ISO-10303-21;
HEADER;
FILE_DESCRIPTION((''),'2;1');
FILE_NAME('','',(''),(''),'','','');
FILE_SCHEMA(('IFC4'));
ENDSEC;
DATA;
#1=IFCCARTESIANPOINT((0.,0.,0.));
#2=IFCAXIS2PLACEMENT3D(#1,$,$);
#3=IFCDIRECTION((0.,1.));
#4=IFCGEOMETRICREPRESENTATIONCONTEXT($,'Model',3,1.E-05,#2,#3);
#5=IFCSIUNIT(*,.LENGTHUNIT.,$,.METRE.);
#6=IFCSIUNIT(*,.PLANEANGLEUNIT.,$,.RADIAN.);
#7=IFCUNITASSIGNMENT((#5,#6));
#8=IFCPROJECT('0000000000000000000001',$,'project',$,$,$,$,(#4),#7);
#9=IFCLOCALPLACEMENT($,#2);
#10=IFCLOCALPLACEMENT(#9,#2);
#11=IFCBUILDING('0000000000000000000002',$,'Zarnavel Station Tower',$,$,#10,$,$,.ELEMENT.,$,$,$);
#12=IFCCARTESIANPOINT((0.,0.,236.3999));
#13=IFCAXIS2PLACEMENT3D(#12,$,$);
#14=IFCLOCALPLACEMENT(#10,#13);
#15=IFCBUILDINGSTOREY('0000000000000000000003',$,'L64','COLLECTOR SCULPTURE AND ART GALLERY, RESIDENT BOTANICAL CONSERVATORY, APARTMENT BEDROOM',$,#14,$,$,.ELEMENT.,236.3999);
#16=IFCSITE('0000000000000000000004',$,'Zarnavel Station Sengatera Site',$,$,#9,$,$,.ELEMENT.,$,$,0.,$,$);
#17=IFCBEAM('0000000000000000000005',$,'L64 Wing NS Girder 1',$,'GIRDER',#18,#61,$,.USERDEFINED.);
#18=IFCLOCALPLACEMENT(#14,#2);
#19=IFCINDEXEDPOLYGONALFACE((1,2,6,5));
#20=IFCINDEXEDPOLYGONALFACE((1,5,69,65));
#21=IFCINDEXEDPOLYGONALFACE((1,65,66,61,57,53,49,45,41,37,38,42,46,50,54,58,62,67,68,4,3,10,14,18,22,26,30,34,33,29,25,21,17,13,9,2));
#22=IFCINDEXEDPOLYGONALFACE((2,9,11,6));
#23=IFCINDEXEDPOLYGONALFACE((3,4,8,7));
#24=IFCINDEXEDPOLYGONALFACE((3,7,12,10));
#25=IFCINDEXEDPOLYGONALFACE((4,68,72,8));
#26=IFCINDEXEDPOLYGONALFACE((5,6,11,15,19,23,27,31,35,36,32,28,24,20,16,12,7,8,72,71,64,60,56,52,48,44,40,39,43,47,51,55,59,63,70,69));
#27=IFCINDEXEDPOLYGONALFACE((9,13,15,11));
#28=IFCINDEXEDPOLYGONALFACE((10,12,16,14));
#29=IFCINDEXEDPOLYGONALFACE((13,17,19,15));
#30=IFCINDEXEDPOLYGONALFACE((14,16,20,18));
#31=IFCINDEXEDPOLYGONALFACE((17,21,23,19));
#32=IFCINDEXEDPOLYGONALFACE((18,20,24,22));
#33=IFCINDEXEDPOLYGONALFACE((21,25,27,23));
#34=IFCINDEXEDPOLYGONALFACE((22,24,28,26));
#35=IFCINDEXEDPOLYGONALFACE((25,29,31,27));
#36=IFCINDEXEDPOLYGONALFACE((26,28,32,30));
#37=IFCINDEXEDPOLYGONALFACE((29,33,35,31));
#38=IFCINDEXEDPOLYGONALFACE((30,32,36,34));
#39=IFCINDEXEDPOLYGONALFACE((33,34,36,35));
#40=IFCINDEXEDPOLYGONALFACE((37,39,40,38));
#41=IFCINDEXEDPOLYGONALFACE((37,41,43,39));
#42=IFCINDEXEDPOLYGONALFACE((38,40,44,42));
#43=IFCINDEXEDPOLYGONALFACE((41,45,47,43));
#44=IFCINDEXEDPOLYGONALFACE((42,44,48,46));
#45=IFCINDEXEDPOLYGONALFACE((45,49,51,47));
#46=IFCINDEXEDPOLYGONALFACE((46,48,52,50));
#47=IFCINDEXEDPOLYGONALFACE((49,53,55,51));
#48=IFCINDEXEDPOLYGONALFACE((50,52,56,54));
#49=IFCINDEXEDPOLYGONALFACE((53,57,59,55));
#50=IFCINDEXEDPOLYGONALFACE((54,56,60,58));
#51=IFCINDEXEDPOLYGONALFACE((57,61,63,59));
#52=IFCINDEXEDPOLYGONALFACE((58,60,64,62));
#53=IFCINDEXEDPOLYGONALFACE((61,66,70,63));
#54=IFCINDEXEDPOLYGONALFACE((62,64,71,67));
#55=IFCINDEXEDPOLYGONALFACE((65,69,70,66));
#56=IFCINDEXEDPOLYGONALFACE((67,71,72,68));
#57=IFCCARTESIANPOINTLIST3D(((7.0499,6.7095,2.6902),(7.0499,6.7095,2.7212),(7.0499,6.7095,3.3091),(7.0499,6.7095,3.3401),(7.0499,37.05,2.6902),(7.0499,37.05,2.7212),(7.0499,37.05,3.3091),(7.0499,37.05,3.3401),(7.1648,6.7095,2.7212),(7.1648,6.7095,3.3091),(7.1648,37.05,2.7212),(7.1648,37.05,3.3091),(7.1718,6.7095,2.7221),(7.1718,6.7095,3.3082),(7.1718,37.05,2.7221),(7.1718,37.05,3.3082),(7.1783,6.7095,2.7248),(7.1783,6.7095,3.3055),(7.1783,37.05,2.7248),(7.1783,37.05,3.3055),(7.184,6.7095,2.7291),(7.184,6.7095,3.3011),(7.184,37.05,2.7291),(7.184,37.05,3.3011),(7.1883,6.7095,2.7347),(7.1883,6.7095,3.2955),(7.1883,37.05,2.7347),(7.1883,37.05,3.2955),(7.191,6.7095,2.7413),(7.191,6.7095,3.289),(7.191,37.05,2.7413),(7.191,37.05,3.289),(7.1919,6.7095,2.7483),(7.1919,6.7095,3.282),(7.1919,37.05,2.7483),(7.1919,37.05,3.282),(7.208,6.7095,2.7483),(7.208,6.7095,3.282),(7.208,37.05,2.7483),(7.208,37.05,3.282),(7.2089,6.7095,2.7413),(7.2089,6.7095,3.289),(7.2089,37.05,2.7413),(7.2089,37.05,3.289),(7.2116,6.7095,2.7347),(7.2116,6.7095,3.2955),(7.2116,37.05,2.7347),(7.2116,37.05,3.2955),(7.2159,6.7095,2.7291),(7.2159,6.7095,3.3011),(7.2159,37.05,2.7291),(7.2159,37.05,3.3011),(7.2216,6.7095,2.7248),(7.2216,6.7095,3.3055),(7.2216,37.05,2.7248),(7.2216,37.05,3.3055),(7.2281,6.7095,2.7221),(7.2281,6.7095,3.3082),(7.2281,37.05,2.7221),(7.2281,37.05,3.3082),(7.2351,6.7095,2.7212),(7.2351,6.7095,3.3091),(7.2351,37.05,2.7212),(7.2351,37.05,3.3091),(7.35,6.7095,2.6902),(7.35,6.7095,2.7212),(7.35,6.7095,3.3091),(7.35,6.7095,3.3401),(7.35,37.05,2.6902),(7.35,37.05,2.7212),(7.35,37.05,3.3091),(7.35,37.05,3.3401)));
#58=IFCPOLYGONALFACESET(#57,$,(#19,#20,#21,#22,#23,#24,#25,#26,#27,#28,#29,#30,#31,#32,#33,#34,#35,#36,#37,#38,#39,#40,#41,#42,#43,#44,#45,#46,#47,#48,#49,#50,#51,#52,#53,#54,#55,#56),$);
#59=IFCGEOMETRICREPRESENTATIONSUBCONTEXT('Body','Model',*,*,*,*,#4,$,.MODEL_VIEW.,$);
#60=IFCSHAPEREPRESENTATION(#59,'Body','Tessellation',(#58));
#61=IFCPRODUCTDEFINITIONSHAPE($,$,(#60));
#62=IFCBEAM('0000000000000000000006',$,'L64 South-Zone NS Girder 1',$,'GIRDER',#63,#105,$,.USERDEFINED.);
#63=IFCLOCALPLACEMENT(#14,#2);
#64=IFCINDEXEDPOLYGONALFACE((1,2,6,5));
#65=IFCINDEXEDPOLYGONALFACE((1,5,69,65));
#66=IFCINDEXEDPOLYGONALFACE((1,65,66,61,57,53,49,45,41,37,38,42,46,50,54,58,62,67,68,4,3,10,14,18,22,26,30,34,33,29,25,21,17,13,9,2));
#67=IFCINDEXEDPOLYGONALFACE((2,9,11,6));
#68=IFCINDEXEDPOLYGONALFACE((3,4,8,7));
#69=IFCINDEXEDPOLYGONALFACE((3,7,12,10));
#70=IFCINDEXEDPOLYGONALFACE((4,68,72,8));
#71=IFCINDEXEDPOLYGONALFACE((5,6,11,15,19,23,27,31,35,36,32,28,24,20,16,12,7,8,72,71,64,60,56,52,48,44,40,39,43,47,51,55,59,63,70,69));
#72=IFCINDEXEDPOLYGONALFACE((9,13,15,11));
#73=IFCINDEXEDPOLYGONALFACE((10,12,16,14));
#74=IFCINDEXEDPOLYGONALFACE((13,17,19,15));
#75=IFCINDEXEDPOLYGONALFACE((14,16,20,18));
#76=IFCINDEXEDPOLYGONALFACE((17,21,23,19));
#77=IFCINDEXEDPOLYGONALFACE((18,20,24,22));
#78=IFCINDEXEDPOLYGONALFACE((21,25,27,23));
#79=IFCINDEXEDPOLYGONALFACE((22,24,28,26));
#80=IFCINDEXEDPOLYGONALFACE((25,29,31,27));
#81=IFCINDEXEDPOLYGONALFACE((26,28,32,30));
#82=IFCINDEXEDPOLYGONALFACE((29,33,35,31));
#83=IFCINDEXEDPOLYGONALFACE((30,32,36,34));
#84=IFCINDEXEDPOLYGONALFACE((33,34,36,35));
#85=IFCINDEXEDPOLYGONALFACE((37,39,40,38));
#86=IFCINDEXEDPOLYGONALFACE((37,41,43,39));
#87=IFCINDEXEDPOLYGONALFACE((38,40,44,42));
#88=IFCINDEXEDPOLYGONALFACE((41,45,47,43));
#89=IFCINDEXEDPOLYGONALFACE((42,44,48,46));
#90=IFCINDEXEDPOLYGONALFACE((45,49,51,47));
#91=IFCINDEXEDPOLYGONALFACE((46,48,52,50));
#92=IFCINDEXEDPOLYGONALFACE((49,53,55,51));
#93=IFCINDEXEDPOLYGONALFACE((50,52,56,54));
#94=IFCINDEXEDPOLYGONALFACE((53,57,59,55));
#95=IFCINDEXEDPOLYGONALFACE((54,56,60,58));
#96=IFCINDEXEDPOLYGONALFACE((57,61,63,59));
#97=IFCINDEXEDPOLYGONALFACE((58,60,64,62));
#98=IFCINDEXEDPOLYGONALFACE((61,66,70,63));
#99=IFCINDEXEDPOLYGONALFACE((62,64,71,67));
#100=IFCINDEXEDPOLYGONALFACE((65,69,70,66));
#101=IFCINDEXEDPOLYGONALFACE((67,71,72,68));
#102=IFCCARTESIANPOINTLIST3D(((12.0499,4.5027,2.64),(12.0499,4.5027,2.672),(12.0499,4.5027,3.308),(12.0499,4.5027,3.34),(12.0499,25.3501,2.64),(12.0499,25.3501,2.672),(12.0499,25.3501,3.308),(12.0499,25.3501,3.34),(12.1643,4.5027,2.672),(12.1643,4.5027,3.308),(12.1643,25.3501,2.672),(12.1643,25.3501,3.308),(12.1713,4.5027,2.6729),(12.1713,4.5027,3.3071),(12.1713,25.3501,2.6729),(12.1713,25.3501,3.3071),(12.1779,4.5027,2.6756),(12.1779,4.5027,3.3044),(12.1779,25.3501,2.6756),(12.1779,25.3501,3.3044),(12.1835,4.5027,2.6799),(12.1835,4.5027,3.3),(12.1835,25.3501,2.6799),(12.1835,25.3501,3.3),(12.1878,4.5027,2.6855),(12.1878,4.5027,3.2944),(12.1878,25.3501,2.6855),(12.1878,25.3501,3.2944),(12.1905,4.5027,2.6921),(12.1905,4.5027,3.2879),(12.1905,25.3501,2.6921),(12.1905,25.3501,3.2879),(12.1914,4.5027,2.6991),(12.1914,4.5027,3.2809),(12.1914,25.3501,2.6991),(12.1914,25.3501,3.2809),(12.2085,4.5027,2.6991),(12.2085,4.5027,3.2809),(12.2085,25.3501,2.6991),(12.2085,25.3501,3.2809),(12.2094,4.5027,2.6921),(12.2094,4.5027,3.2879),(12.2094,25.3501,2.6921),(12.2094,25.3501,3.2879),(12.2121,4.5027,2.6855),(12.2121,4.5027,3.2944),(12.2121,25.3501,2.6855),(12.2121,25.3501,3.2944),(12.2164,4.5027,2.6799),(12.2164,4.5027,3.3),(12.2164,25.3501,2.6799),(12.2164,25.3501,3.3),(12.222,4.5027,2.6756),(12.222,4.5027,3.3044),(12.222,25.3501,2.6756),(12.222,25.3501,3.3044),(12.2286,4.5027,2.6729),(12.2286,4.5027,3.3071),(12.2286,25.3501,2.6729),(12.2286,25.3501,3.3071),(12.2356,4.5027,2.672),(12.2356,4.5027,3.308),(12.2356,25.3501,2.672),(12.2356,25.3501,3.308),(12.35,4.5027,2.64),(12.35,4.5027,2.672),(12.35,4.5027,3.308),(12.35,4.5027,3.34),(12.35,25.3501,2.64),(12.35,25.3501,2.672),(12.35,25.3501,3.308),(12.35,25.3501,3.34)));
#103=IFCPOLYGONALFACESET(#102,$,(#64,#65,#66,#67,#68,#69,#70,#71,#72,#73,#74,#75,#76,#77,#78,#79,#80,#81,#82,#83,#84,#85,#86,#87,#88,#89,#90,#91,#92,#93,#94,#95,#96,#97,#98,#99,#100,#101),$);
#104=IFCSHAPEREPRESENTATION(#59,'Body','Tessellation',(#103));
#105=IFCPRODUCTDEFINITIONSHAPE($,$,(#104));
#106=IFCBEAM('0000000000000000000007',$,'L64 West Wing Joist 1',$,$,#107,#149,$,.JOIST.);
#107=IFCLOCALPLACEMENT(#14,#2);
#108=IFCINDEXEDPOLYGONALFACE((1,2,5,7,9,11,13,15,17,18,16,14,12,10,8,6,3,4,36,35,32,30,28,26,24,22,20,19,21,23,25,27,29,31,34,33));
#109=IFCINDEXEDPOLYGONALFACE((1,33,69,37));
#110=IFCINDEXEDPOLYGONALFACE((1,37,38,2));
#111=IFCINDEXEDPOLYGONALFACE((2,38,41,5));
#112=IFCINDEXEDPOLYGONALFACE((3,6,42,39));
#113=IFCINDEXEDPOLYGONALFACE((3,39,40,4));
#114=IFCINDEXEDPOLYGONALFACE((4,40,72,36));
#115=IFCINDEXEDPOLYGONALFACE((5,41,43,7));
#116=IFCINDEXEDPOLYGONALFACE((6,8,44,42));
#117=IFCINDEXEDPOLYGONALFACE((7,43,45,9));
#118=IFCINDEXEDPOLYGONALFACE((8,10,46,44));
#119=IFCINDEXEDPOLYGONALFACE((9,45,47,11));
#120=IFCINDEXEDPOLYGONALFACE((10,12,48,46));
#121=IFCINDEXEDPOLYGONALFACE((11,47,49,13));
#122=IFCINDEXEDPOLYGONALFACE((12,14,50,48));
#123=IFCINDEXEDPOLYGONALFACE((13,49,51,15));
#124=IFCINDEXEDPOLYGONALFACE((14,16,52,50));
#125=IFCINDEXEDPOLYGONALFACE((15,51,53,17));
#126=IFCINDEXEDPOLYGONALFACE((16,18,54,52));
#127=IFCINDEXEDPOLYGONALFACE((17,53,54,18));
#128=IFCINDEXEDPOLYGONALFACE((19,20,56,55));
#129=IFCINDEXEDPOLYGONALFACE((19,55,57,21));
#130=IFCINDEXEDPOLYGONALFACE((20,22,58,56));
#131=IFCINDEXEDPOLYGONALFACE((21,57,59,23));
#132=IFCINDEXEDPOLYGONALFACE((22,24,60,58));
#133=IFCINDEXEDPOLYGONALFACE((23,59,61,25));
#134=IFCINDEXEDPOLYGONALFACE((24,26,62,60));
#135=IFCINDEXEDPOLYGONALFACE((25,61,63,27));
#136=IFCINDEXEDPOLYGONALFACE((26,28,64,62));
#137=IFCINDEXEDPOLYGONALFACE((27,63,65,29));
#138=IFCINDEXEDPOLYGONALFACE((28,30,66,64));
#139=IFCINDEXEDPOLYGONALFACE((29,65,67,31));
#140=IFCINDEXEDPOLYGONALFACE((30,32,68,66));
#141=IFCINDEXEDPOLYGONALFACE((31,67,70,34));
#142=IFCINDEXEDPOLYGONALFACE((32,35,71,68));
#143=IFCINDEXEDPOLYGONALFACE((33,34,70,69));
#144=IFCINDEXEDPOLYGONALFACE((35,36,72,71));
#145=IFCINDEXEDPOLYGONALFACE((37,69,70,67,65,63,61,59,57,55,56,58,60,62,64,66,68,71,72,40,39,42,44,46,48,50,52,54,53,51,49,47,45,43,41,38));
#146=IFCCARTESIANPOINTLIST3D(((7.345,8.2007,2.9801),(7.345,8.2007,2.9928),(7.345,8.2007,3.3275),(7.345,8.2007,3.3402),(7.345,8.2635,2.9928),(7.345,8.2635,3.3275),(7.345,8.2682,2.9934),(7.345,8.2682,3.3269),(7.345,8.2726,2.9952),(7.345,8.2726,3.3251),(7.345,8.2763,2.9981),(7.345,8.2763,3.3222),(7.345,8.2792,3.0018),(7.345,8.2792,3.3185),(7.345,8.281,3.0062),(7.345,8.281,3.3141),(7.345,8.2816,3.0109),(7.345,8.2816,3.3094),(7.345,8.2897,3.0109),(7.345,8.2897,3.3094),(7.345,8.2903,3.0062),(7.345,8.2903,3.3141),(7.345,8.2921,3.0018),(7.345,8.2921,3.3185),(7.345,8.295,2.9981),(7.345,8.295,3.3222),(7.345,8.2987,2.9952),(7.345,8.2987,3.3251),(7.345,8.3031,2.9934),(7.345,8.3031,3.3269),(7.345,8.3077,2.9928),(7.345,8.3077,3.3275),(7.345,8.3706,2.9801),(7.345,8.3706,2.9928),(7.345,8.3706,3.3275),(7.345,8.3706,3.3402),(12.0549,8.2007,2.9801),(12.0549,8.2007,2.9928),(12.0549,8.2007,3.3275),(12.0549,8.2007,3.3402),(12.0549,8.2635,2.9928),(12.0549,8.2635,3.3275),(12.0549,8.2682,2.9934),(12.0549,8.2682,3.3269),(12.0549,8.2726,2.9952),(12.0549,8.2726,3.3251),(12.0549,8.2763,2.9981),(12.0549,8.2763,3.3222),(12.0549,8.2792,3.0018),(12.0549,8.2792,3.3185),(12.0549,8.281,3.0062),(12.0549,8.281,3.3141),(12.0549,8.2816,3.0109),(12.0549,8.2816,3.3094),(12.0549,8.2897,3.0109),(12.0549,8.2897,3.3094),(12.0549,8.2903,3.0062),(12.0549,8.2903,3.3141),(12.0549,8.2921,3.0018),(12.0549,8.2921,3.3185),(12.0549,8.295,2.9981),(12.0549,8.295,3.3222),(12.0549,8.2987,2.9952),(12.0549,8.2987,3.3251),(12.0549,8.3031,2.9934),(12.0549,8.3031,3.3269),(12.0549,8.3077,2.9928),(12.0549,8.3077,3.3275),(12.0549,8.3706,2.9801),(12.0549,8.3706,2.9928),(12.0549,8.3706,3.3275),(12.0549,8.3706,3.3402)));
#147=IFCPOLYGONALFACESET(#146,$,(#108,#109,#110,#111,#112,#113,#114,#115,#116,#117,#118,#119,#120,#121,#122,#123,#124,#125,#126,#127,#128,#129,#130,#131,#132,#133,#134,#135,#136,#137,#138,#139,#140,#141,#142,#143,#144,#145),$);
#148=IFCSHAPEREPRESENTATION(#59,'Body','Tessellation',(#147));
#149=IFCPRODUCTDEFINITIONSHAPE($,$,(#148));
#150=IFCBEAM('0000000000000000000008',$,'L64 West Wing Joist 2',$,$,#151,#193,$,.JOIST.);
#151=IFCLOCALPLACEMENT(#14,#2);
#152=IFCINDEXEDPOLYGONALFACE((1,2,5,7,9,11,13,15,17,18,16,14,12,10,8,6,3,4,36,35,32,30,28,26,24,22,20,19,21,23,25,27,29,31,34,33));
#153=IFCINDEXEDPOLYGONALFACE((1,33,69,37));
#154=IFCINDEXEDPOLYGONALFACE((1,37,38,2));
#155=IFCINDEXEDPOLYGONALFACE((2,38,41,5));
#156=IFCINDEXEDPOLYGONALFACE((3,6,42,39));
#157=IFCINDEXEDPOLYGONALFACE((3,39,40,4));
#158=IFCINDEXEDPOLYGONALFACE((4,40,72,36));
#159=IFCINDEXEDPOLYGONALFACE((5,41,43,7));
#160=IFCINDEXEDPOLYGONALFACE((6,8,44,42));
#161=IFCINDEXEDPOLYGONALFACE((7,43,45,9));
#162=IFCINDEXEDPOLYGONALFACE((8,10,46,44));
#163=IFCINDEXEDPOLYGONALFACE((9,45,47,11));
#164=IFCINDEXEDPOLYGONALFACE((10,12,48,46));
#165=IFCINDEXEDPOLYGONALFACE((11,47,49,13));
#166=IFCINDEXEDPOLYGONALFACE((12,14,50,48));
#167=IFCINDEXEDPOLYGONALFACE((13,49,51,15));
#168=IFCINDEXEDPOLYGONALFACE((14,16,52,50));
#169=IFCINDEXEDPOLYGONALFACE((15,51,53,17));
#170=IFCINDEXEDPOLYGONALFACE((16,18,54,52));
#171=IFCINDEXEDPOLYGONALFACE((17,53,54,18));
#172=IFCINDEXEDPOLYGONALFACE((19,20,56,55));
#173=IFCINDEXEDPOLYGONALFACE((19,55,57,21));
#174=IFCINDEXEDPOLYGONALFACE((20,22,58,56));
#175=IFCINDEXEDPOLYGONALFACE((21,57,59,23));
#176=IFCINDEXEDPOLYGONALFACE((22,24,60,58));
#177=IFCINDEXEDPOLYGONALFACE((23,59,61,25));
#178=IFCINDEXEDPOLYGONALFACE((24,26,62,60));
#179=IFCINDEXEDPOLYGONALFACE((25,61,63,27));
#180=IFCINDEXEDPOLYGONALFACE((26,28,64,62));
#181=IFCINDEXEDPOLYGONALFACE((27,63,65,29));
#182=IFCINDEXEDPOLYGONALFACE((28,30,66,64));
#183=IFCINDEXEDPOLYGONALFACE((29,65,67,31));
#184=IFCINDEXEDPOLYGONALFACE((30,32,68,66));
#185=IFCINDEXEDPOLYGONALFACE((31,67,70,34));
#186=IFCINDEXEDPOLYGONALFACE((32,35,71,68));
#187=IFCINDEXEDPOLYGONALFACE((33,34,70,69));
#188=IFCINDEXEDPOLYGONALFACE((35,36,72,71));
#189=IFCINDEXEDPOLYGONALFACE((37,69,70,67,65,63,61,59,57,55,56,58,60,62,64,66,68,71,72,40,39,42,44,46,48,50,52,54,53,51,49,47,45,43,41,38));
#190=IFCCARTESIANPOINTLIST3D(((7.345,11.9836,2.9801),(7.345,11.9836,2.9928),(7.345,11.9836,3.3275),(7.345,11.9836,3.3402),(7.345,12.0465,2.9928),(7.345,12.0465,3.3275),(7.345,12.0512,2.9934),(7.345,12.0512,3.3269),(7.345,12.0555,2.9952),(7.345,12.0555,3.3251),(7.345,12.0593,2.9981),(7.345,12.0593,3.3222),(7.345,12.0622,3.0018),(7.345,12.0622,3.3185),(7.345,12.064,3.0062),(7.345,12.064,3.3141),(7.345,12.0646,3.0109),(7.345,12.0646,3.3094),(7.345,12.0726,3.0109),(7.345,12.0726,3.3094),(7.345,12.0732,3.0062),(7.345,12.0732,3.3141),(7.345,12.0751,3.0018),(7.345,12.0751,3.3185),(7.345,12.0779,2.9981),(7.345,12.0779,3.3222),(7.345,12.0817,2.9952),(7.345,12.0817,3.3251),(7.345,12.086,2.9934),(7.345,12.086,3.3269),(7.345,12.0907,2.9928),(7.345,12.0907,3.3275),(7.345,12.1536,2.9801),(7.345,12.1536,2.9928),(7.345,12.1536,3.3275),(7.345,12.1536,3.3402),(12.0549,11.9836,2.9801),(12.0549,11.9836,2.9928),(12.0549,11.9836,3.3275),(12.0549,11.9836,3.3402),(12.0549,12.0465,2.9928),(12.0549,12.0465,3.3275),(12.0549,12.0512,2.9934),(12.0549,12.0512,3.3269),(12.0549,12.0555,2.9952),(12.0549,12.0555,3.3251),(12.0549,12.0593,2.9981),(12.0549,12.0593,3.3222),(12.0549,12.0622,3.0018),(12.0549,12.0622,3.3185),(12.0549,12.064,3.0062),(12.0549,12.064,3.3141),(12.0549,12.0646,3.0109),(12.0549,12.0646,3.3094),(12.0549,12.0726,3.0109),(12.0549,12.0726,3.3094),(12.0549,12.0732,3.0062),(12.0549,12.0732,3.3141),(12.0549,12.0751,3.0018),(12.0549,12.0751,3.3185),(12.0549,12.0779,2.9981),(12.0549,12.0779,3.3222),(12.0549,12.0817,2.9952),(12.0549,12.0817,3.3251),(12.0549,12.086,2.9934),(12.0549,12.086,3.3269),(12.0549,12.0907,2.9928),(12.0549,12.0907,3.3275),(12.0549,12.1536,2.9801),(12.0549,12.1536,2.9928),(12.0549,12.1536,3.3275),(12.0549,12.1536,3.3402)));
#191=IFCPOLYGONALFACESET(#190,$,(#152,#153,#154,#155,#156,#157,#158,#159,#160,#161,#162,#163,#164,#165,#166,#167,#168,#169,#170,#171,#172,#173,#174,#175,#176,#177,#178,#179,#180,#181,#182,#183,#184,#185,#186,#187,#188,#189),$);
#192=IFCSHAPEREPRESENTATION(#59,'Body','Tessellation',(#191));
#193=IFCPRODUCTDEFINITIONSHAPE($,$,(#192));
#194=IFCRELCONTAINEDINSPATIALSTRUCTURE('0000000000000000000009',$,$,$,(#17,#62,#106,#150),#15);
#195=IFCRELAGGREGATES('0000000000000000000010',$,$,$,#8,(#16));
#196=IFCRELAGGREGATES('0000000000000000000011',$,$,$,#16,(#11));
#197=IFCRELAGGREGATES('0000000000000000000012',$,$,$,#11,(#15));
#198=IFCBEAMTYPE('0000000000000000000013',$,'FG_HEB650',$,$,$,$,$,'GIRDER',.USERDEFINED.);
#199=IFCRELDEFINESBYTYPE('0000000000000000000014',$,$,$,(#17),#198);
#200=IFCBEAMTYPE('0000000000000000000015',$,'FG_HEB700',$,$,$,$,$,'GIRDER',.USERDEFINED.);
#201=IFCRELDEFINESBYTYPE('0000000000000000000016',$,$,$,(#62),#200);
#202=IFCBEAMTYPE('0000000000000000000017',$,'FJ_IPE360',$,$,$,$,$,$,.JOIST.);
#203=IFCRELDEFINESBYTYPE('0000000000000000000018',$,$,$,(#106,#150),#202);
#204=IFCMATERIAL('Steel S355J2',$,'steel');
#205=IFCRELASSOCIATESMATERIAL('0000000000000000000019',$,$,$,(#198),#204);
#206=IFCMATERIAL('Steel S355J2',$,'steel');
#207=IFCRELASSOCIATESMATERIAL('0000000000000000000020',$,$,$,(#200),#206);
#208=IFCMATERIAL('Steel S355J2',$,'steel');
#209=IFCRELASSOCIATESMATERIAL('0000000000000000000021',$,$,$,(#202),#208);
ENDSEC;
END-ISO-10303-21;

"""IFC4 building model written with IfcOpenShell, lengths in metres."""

from ifc_helpers import new_model, si_unit, direction, frame, origin, origin_2d, place, context, subcontext, project, spatial, i_section, extrude, material, material_profile, profile_set, type_object, element, save


model = new_model("IFC4")

# Units and contexts
model_context = context("Model", 3, precision=1e-05, world=origin(), true_north=direction((0.0, 1.0)))
body_context = subcontext(model_context, "Body", "Model", "MODEL_VIEW")
ifc_project = project(units=[si_unit("LENGTHUNIT", "METRE"), si_unit("PLANEANGLEUNIT", "RADIAN")], contexts=[model_context])

# Site, building, storey
site_placement = place(None, origin())
site = spatial("IfcSite", under=ifc_project, at=site_placement, Name="Zarnavel Station Sengatera Site", CompositionType="ELEMENT", RefElevation=0.0)
building_placement = place(site_placement, origin())
building = spatial("IfcBuilding", under=site, at=building_placement, Name="Zarnavel Station Tower", CompositionType="ELEMENT")
storey_placement = place(building_placement, frame((0.0, 0.0, 236.3999)))
storey = spatial("IfcBuildingStorey", under=building, at=storey_placement, Name="L64", Description="COLLECTOR SCULPTURE AND ART GALLERY, RESIDENT BOTANICAL CONSERVATORY, APARTMENT BEDROOM", CompositionType="ELEMENT", Elevation=236.3999)

# Beams
ifc_material_1 = material(Name="Steel S355J2", Category="steel")
ifc_material_profile_1 = material_profile(ifc_material_1, i_section(OverallWidth=0.3, OverallDepth=0.6499, WebThickness=0.0161, FlangeThickness=0.031, FilletRadius=0.0271, at=origin_2d()), Name="HEB650")
ifc_profile_set_1 = profile_set([ifc_material_profile_1], Name="Steel S355J2")
beam_type_1 = type_object("IfcBeamType", Name="FG_HEB650", ElementType="GIRDER", PredefinedType="USERDEFINED", material=ifc_profile_set_1)
beam_1_placement = place(storey_placement, frame((7.2, 6.7095, 3.0151), z_axis=(0.0, 1.0, 0.0), x_axis=(-1.0, 0.0, 0.0)))
element("IfcBeam", 1, at=beam_1_placement, inside=storey, type_object=beam_type_1, Name="L64 Wing NS Girder 1", ObjectType="GIRDER", PredefinedType="USERDEFINED", context=body_context, shape_type="SweptSolid", body=[
    extrude(i_section(OverallWidth=0.3, OverallDepth=0.6499, WebThickness=0.0161, FlangeThickness=0.031, FilletRadius=0.0271, at=origin_2d()), origin(), (0.0, 0.0, 1.0), 30.3406),
])
ifc_material_2 = material(Name="Steel S355J2", Category="steel")
ifc_material_profile_2 = material_profile(ifc_material_2, i_section(OverallWidth=0.3, OverallDepth=0.7, WebThickness=0.0171, FlangeThickness=0.032, FilletRadius=0.0271, at=origin_2d()), Name="HEB700")
ifc_profile_set_2 = profile_set([ifc_material_profile_2], Name="Steel S355J2")
beam_type_2 = type_object("IfcBeamType", Name="FG_HEB700", ElementType="GIRDER", PredefinedType="USERDEFINED", material=ifc_profile_set_2)
beam_2_placement = place(storey_placement, frame((12.2, 4.5027, 2.99), z_axis=(0.0, 1.0, 0.0), x_axis=(-1.0, 0.0, 0.0)))
element("IfcBeam", 2, at=beam_2_placement, inside=storey, type_object=beam_type_2, Name="L64 South-Zone NS Girder 1", ObjectType="GIRDER", PredefinedType="USERDEFINED", context=body_context, shape_type="SweptSolid", body=[
    extrude(i_section(OverallWidth=0.3, OverallDepth=0.7, WebThickness=0.0171, FlangeThickness=0.032, FilletRadius=0.0271, at=origin_2d()), origin(), (0.0, 0.0, 1.0), 20.8474),
])
ifc_material_3 = material(Name="Steel S355J2", Category="steel")
ifc_material_profile_3 = material_profile(ifc_material_3, i_section(OverallWidth=0.1699, OverallDepth=0.3601, WebThickness=0.0081, FlangeThickness=0.0127, FilletRadius=0.0181, at=origin_2d()), Name="IPE360")
ifc_profile_set_3 = profile_set([ifc_material_profile_3], Name="Steel S355J2")
beam_type_3 = type_object("IfcBeamType", Name="FJ_IPE360", PredefinedType="JOIST", material=ifc_profile_set_3)
for number, where, z_axis, x_axis, name in (
    (3, (7.345, 8.2856, 3.1602), (1.0, 0.0, 0.0), (0.0, 1.0, 0.0), "L64 West Wing Joist 1"),
    (4, (7.345, 12.0686, 3.1602), (1.0, 0.0, 0.0), (0.0, 1.0, 0.0), "L64 West Wing Joist 2"),
):
    element("IfcBeam", number, at=place(storey_placement, frame(where, z_axis=z_axis, x_axis=x_axis)), inside=storey, type_object=beam_type_3, Name=name, PredefinedType="JOIST", context=body_context, shape_type="SweptSolid", body=[
        extrude(i_section(OverallWidth=0.1699, OverallDepth=0.3601, WebThickness=0.0081, FlangeThickness=0.0127, FilletRadius=0.0181, at=origin_2d()), origin(), (0.0, 0.0, 1.0), 4.71),
    ])

save(model, "model.ifc")
